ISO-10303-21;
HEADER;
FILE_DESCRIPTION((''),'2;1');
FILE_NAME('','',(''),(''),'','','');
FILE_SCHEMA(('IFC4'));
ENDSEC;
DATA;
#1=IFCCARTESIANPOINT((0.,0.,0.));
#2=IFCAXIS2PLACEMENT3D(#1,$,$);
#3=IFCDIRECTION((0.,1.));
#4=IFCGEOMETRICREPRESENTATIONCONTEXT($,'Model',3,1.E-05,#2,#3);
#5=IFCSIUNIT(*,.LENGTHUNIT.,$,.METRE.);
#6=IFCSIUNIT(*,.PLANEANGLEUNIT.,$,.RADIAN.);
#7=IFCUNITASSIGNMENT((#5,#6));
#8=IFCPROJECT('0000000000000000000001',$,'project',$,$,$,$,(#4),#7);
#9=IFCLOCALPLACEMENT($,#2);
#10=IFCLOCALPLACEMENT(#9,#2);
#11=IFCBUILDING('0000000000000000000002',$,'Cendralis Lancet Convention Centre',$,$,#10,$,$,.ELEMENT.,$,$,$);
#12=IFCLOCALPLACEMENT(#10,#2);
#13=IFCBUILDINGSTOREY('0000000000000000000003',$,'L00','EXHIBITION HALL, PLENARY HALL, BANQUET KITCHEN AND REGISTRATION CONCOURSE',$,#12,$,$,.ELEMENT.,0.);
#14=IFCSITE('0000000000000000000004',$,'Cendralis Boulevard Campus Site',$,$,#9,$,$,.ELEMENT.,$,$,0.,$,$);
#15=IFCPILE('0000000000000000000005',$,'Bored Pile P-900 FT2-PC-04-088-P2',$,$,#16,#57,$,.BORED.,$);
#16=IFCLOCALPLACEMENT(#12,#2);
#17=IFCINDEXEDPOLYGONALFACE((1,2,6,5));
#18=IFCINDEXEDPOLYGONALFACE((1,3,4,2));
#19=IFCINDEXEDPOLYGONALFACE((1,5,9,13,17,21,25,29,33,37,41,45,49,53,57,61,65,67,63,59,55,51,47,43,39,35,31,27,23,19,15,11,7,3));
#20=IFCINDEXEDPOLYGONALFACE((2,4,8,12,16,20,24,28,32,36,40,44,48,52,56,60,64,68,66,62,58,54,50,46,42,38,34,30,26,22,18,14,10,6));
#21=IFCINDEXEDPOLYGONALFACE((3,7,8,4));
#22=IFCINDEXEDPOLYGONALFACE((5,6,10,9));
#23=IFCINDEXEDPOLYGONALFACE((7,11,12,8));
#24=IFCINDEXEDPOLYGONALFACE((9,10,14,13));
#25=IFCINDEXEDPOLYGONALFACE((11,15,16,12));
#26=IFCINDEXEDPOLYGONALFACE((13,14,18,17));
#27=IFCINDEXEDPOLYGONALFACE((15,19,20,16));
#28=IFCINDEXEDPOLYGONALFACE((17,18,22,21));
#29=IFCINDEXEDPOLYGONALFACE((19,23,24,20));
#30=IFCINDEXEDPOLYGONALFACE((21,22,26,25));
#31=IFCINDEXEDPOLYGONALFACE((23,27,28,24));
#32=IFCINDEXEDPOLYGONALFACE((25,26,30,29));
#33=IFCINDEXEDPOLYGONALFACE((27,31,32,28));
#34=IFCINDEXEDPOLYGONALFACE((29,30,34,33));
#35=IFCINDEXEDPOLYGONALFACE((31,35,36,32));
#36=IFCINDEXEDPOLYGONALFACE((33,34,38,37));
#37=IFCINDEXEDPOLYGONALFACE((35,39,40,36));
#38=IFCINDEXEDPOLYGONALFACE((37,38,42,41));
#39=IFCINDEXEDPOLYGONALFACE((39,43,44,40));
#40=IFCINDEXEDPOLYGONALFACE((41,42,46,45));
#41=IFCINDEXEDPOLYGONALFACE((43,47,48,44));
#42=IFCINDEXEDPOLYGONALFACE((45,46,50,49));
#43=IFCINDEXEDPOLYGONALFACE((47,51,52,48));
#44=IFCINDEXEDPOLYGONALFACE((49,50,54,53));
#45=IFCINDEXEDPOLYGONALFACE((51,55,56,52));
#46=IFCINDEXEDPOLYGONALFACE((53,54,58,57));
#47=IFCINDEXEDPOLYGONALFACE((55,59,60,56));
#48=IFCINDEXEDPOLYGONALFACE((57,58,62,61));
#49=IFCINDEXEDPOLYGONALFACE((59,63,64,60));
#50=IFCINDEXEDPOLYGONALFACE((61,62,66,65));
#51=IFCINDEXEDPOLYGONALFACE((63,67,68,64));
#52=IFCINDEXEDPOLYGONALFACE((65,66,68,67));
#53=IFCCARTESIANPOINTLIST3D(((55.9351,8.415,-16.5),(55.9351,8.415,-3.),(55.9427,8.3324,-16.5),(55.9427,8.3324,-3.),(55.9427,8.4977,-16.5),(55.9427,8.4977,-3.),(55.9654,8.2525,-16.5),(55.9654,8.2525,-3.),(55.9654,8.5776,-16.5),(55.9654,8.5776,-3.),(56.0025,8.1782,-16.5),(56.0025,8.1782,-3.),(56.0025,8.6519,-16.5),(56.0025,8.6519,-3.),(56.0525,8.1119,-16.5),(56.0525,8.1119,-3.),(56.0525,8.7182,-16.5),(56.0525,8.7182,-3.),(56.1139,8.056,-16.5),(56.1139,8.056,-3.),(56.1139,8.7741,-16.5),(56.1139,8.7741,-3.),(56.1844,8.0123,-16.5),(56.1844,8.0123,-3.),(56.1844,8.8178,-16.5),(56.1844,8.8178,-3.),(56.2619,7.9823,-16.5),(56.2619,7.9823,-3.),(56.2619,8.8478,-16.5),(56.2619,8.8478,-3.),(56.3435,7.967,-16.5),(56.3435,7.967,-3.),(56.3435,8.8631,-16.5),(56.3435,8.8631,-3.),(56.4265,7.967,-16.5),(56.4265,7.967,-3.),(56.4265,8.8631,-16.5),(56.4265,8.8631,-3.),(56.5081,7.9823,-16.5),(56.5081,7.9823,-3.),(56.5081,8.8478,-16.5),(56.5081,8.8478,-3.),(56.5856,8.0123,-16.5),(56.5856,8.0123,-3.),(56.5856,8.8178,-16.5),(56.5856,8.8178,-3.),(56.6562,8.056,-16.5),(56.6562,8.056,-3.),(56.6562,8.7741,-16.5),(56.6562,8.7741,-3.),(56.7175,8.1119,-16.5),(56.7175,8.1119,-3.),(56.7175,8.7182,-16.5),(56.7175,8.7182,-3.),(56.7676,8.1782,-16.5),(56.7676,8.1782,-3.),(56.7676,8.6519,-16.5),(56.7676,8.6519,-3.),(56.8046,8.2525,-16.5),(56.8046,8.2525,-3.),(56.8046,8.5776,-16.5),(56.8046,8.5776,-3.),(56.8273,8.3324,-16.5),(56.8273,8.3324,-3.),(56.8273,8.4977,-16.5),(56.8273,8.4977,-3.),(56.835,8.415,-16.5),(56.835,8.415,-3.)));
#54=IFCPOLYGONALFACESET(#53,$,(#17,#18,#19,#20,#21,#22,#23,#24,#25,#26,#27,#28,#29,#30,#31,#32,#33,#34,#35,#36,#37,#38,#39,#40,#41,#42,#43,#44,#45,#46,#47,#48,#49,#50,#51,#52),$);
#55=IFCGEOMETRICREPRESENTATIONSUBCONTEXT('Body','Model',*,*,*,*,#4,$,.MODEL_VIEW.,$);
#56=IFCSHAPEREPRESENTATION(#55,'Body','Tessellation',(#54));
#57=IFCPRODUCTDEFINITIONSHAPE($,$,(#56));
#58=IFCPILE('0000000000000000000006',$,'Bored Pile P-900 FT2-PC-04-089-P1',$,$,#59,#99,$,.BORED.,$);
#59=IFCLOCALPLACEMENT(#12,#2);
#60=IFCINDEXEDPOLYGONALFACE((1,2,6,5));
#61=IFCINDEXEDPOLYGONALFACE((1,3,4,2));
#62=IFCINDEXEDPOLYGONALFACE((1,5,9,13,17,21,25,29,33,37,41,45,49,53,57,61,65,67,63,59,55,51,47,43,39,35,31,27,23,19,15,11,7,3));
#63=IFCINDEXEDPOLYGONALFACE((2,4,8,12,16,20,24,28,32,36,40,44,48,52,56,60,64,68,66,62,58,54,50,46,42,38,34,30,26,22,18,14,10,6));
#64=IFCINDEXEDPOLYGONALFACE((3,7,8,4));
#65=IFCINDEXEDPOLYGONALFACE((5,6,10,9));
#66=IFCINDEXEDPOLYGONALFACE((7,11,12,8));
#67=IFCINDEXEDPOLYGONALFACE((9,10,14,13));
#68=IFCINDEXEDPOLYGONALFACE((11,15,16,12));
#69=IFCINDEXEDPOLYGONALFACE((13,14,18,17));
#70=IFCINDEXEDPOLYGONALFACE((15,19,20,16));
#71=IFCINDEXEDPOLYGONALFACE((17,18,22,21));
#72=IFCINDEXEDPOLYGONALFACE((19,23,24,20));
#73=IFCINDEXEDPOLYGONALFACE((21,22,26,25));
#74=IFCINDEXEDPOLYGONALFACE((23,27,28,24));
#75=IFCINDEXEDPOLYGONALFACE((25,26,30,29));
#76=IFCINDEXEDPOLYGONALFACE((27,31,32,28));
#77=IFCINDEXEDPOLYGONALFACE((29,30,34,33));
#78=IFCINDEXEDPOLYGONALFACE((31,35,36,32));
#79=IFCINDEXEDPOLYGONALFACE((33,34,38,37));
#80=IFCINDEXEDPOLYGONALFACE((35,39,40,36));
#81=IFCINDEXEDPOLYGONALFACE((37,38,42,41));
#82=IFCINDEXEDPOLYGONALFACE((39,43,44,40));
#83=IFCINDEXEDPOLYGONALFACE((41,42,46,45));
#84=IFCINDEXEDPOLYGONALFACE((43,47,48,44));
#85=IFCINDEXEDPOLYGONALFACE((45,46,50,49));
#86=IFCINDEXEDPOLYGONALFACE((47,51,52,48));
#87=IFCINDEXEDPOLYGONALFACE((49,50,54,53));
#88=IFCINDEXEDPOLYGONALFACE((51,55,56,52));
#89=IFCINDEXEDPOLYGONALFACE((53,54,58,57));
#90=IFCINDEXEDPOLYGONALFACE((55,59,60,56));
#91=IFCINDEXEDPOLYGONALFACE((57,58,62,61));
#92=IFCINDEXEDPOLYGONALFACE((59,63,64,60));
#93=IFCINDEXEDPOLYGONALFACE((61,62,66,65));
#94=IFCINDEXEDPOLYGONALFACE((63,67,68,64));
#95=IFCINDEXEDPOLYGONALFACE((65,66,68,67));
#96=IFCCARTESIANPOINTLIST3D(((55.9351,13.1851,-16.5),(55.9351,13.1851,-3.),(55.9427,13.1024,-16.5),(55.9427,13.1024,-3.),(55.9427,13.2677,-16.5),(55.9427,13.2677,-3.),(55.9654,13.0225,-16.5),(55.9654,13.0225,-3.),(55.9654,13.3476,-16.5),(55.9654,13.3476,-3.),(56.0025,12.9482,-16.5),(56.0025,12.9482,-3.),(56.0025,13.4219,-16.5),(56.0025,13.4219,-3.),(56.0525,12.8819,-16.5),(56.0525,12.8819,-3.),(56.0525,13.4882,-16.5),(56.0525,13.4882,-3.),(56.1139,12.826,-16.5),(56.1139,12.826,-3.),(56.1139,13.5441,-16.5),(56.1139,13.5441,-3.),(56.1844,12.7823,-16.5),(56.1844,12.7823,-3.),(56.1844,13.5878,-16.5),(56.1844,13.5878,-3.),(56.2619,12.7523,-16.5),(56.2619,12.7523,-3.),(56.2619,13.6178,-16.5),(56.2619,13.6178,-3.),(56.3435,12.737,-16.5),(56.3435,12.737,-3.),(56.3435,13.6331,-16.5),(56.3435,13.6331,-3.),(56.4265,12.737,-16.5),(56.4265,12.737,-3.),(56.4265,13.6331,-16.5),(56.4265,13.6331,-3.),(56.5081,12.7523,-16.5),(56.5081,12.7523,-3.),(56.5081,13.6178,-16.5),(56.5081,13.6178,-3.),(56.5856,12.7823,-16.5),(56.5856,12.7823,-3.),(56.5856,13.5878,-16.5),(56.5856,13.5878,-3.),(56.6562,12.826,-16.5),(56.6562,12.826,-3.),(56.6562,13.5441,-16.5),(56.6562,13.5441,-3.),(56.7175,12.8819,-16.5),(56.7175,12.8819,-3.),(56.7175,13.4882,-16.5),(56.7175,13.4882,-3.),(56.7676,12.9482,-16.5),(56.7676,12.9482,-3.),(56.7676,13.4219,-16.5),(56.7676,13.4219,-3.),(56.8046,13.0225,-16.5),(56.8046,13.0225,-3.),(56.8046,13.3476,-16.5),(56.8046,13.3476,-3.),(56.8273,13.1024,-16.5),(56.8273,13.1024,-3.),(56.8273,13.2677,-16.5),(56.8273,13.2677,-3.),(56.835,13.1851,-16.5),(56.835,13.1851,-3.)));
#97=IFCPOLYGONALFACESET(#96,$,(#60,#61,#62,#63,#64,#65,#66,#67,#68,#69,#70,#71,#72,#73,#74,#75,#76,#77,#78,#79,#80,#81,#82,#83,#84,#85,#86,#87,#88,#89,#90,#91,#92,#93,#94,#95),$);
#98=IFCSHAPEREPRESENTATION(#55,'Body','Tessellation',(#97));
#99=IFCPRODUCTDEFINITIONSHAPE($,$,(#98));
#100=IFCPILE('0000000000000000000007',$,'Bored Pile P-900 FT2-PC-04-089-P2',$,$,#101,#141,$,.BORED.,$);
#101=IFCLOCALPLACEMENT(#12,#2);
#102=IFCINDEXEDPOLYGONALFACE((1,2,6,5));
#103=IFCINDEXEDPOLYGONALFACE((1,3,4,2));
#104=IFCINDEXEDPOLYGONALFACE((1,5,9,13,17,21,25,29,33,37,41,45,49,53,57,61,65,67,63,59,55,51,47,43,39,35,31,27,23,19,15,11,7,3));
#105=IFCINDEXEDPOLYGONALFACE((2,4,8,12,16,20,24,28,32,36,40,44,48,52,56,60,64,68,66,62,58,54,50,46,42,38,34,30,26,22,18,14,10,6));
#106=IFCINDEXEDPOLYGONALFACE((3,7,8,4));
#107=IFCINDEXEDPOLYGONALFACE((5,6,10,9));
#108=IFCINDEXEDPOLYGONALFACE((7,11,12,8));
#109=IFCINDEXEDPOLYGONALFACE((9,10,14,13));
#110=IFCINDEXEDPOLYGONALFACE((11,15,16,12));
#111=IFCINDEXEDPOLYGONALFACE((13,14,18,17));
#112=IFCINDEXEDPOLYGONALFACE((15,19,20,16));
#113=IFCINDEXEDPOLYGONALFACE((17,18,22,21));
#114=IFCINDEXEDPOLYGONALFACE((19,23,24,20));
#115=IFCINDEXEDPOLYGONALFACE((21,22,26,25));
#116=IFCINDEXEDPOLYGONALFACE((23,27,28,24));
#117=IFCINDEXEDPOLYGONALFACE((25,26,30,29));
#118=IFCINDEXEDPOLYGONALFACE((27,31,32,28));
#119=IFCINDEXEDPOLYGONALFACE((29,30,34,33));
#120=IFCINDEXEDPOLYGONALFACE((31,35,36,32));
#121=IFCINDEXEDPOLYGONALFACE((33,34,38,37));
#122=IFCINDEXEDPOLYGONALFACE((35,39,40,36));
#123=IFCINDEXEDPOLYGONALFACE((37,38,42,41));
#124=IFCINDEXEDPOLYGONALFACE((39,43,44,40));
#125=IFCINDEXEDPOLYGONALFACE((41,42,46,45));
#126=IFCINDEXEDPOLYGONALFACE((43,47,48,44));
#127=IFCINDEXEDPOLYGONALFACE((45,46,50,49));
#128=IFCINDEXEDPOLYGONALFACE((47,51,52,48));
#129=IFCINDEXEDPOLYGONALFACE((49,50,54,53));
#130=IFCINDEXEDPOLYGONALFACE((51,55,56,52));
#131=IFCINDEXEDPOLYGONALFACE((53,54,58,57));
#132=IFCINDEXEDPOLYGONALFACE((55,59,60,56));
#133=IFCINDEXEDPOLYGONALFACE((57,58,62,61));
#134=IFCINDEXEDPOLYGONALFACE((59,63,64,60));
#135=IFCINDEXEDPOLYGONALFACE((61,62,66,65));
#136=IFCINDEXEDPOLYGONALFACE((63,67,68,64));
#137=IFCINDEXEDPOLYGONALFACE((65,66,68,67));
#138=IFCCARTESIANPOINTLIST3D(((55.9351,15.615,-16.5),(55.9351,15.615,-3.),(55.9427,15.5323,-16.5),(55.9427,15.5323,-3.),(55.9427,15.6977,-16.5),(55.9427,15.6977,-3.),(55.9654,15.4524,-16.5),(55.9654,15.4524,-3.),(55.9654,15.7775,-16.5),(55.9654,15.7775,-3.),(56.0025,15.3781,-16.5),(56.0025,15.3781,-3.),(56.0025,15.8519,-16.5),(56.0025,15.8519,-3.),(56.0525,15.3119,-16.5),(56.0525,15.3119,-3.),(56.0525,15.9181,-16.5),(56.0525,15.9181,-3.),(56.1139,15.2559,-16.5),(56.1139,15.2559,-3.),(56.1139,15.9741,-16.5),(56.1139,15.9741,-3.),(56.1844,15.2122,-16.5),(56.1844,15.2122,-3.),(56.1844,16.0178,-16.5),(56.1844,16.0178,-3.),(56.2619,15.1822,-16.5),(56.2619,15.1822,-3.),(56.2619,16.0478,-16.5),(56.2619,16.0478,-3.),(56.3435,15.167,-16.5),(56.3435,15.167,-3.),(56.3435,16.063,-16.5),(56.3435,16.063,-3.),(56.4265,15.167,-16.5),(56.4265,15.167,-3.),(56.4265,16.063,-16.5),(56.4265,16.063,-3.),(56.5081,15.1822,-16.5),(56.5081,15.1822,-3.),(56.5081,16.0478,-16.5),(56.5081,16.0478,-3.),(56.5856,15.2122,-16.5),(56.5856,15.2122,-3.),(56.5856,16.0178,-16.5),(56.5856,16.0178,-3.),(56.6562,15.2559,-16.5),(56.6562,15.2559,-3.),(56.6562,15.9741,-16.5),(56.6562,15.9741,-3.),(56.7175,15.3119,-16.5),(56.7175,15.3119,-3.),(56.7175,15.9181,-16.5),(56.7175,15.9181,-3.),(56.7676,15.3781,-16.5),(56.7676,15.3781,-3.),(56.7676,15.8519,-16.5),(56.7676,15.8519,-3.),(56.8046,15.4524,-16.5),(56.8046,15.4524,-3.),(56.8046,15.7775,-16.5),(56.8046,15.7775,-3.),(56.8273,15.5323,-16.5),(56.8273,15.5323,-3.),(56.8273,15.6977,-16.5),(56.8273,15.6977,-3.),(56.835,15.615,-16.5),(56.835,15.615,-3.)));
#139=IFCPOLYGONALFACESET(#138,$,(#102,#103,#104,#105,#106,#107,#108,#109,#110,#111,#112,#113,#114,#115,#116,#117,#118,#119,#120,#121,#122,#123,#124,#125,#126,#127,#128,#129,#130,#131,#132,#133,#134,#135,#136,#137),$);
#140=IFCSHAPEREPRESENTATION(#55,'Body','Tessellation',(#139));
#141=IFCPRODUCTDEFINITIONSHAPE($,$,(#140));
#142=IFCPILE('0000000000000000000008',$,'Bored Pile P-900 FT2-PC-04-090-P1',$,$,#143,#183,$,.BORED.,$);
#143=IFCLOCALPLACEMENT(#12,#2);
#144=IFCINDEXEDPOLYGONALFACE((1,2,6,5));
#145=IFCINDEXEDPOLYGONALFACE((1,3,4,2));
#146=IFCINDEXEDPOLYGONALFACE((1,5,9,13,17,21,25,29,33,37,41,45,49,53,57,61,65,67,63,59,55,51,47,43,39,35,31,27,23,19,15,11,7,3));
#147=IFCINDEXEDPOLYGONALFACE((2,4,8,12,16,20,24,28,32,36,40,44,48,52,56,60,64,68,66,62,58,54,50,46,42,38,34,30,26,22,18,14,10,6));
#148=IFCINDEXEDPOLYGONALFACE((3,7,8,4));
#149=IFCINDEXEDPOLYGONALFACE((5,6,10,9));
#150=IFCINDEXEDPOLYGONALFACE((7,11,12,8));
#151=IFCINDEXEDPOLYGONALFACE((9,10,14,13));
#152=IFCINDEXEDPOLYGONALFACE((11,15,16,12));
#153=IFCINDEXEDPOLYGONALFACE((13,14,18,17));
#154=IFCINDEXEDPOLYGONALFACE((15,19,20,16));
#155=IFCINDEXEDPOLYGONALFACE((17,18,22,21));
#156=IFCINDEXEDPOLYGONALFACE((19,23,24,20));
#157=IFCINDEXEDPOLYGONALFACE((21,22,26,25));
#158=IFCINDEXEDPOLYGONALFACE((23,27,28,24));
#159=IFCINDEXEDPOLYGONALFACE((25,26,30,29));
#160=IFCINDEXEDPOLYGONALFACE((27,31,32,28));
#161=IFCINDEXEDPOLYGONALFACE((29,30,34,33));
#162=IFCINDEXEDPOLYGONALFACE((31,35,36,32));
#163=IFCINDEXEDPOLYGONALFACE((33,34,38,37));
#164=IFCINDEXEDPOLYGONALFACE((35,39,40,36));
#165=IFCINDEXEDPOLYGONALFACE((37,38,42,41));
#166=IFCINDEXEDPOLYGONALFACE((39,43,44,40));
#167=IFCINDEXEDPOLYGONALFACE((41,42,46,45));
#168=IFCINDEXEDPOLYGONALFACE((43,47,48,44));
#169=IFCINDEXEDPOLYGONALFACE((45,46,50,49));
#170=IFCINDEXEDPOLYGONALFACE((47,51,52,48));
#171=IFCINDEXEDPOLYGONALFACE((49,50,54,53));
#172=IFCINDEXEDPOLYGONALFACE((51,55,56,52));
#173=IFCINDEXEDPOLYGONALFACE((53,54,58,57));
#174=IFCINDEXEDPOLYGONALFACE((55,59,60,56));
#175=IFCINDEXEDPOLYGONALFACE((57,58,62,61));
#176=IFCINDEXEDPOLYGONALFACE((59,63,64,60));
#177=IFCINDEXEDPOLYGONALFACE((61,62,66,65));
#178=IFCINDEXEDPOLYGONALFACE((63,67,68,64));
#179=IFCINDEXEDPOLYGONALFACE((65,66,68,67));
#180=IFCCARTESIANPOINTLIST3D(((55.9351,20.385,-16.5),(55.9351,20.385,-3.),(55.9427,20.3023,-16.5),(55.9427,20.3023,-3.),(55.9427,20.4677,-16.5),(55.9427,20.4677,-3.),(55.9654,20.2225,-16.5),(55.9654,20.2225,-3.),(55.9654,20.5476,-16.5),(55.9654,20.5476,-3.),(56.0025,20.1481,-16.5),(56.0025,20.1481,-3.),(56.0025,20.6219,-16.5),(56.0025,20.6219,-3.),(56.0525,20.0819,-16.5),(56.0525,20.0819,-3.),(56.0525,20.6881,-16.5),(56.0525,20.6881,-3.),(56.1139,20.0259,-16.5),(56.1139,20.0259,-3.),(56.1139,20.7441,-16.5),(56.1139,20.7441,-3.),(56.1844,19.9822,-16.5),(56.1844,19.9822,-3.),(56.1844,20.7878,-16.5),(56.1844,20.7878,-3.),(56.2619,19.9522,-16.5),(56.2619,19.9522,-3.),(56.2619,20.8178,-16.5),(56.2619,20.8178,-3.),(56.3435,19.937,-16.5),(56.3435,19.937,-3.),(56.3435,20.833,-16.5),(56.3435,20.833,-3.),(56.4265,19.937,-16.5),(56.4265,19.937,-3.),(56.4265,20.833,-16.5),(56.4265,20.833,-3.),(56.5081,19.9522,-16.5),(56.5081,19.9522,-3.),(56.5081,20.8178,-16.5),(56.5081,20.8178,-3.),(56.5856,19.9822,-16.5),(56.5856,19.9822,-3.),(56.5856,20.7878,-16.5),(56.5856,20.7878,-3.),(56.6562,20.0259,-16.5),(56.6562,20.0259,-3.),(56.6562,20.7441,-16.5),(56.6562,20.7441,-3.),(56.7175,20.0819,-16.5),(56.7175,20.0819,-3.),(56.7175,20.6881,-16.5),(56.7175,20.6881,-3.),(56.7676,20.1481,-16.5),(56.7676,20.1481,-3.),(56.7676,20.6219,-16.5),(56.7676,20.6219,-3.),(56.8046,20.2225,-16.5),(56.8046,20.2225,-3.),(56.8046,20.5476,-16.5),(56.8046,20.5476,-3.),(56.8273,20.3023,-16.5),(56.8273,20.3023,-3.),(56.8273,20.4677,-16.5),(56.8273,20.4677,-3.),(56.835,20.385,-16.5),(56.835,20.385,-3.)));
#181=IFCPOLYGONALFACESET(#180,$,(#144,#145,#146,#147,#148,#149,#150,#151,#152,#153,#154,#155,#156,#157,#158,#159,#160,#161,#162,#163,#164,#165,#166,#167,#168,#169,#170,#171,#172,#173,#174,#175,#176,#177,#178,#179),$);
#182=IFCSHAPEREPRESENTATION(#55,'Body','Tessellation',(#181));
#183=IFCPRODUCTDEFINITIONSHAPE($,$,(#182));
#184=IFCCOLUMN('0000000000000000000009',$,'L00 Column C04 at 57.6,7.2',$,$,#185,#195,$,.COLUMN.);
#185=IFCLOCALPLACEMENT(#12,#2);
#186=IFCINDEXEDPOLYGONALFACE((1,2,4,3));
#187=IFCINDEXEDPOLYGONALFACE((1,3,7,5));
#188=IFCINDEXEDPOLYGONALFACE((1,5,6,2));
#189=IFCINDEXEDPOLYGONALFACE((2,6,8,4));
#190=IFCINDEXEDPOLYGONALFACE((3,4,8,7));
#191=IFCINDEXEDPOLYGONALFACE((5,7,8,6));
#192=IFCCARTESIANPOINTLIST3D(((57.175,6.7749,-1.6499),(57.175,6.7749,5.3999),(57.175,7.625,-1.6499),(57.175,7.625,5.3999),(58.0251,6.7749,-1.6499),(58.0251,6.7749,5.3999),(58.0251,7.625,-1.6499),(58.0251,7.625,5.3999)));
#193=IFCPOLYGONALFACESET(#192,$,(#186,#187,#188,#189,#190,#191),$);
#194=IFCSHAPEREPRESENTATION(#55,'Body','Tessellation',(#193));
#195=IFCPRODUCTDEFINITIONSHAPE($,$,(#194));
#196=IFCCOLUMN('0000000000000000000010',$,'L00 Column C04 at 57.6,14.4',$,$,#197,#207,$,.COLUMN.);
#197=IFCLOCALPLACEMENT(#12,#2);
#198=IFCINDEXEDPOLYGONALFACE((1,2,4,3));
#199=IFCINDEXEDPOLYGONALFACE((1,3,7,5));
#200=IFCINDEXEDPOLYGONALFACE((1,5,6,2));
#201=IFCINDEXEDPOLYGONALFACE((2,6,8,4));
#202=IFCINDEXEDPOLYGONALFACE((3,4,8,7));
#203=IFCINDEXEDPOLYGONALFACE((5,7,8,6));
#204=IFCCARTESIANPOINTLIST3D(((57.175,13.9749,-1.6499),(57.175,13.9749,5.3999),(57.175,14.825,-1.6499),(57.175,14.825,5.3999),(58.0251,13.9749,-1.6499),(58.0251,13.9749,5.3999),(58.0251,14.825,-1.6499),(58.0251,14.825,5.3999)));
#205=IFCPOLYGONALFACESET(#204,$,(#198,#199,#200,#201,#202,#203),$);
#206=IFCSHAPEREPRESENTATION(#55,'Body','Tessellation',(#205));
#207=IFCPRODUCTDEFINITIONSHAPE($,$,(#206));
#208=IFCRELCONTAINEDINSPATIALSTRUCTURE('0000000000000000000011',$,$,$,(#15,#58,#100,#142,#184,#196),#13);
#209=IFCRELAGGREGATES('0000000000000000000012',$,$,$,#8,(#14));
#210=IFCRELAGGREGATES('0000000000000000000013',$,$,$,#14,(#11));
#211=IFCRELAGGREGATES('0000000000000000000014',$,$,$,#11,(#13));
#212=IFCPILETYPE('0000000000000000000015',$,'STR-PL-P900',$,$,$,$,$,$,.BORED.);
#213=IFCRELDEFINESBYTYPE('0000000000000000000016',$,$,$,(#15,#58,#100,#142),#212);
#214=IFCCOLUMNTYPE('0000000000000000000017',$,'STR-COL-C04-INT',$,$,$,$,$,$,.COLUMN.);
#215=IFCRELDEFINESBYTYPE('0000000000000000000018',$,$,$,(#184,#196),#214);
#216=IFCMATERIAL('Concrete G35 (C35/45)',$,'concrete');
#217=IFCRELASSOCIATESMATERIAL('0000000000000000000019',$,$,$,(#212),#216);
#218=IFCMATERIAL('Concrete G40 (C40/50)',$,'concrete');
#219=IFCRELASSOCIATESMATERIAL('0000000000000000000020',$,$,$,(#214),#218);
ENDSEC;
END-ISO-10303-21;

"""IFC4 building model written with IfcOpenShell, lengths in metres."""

from ifc_helpers import new_model, si_unit, direction, frame, origin, origin_2d, place, context, subcontext, project, spatial, rectangle, circle, extrude, material, material_profile, profile_set, type_object, element, save


model = new_model("IFC4")

# Units and contexts
model_context = context("Model", 3, precision=1e-05, world=origin(), true_north=direction((0.0, 1.0)))
body_context = subcontext(model_context, "Body", "Model", "MODEL_VIEW")
ifc_project = project(units=[si_unit("LENGTHUNIT", "METRE"), si_unit("PLANEANGLEUNIT", "RADIAN")], contexts=[model_context])

# Site, building, storey
site_placement = place(None, origin())
site = spatial("IfcSite", under=ifc_project, at=site_placement, Name="Cendralis Boulevard Campus Site", CompositionType="ELEMENT", RefElevation=0.0)
building_placement = place(site_placement, origin())
building = spatial("IfcBuilding", under=site, at=building_placement, Name="Cendralis Lancet Convention Centre", CompositionType="ELEMENT")
storey_placement = place(building_placement, origin())
storey = spatial("IfcBuildingStorey", under=building, at=storey_placement, Name="L00", Description="EXHIBITION HALL, PLENARY HALL, BANQUET KITCHEN AND REGISTRATION CONCOURSE", CompositionType="ELEMENT", Elevation=0.0)

# Shared definitions
ifc_material_1 = material(Name="Concrete G35 (C35/45)", Category="concrete")

# Piles
ifc_material_profile_1 = material_profile(ifc_material_1, circle(Radius=0.45, at=origin_2d()), Name="BORED PILE D900")
ifc_profile_set_1 = profile_set([ifc_material_profile_1], Name="Concrete G35 (C35/45)")
pile_type = type_object("IfcPileType", Name="STR-PL-P900", PredefinedType="BORED", material=ifc_profile_set_1)
for number, where, z_axis, x_axis, name in (
    (1, (56.385, 8.415, -3.0), (0.0, 0.0, -1.0), (1.0, 0.0, 0.0), "Bored Pile P-900 FT2-PC-04-088-P2"),
    (2, (56.385, 13.1851, -3.0), (0.0, 0.0, -1.0), (1.0, 0.0, 0.0), "Bored Pile P-900 FT2-PC-04-089-P1"),
    (3, (56.385, 15.615, -3.0), (0.0, 0.0, -1.0), (1.0, 0.0, 0.0), "Bored Pile P-900 FT2-PC-04-089-P2"),
    (4, (56.385, 20.385, -3.0), (0.0, 0.0, -1.0), (1.0, 0.0, 0.0), "Bored Pile P-900 FT2-PC-04-090-P1"),
):
    element("IfcPile", number, at=place(storey_placement, frame(where, z_axis=z_axis, x_axis=x_axis)), inside=storey, type_object=pile_type, Name=name, PredefinedType="BORED", context=body_context, shape_type="SweptSolid", body=[
        extrude(circle(Radius=0.45, at=origin_2d()), origin(), (0.0, 0.0, 1.0), 13.5),
    ])

# Columns
ifc_material_2 = material(Name="Concrete G40 (C40/50)", Category="concrete")
ifc_material_profile_2 = material_profile(ifc_material_2, rectangle(XDim=0.8501, YDim=0.8501, at=origin_2d()), Name="RC 850x850")
ifc_profile_set_2 = profile_set([ifc_material_profile_2], Name="Concrete G40 (C40/50)")
column_type = type_object("IfcColumnType", Name="STR-COL-C04-INT", PredefinedType="COLUMN", material=ifc_profile_set_2)
for number, where, z_axis, x_axis, name in (
    (5, (57.6001, 7.2, -1.6499), (0.0, 0.0, 1.0), (1.0, 0.0, 0.0), "L00 Column C04 at 57.6,7.2"),
    (6, (57.6001, 14.3999, -1.6499), (0.0, 0.0, 1.0), (1.0, 0.0, 0.0), "L00 Column C04 at 57.6,14.4"),
):
    element("IfcColumn", number, at=place(storey_placement, frame(where, z_axis=z_axis, x_axis=x_axis)), inside=storey, type_object=column_type, Name=name, PredefinedType="COLUMN", context=body_context, shape_type="SweptSolid", body=[
        extrude(rectangle(XDim=0.8501, YDim=0.8501, at=origin_2d()), origin(), (0.0, 0.0, 1.0), 7.0498),
    ])

save(model, "model.ifc")
